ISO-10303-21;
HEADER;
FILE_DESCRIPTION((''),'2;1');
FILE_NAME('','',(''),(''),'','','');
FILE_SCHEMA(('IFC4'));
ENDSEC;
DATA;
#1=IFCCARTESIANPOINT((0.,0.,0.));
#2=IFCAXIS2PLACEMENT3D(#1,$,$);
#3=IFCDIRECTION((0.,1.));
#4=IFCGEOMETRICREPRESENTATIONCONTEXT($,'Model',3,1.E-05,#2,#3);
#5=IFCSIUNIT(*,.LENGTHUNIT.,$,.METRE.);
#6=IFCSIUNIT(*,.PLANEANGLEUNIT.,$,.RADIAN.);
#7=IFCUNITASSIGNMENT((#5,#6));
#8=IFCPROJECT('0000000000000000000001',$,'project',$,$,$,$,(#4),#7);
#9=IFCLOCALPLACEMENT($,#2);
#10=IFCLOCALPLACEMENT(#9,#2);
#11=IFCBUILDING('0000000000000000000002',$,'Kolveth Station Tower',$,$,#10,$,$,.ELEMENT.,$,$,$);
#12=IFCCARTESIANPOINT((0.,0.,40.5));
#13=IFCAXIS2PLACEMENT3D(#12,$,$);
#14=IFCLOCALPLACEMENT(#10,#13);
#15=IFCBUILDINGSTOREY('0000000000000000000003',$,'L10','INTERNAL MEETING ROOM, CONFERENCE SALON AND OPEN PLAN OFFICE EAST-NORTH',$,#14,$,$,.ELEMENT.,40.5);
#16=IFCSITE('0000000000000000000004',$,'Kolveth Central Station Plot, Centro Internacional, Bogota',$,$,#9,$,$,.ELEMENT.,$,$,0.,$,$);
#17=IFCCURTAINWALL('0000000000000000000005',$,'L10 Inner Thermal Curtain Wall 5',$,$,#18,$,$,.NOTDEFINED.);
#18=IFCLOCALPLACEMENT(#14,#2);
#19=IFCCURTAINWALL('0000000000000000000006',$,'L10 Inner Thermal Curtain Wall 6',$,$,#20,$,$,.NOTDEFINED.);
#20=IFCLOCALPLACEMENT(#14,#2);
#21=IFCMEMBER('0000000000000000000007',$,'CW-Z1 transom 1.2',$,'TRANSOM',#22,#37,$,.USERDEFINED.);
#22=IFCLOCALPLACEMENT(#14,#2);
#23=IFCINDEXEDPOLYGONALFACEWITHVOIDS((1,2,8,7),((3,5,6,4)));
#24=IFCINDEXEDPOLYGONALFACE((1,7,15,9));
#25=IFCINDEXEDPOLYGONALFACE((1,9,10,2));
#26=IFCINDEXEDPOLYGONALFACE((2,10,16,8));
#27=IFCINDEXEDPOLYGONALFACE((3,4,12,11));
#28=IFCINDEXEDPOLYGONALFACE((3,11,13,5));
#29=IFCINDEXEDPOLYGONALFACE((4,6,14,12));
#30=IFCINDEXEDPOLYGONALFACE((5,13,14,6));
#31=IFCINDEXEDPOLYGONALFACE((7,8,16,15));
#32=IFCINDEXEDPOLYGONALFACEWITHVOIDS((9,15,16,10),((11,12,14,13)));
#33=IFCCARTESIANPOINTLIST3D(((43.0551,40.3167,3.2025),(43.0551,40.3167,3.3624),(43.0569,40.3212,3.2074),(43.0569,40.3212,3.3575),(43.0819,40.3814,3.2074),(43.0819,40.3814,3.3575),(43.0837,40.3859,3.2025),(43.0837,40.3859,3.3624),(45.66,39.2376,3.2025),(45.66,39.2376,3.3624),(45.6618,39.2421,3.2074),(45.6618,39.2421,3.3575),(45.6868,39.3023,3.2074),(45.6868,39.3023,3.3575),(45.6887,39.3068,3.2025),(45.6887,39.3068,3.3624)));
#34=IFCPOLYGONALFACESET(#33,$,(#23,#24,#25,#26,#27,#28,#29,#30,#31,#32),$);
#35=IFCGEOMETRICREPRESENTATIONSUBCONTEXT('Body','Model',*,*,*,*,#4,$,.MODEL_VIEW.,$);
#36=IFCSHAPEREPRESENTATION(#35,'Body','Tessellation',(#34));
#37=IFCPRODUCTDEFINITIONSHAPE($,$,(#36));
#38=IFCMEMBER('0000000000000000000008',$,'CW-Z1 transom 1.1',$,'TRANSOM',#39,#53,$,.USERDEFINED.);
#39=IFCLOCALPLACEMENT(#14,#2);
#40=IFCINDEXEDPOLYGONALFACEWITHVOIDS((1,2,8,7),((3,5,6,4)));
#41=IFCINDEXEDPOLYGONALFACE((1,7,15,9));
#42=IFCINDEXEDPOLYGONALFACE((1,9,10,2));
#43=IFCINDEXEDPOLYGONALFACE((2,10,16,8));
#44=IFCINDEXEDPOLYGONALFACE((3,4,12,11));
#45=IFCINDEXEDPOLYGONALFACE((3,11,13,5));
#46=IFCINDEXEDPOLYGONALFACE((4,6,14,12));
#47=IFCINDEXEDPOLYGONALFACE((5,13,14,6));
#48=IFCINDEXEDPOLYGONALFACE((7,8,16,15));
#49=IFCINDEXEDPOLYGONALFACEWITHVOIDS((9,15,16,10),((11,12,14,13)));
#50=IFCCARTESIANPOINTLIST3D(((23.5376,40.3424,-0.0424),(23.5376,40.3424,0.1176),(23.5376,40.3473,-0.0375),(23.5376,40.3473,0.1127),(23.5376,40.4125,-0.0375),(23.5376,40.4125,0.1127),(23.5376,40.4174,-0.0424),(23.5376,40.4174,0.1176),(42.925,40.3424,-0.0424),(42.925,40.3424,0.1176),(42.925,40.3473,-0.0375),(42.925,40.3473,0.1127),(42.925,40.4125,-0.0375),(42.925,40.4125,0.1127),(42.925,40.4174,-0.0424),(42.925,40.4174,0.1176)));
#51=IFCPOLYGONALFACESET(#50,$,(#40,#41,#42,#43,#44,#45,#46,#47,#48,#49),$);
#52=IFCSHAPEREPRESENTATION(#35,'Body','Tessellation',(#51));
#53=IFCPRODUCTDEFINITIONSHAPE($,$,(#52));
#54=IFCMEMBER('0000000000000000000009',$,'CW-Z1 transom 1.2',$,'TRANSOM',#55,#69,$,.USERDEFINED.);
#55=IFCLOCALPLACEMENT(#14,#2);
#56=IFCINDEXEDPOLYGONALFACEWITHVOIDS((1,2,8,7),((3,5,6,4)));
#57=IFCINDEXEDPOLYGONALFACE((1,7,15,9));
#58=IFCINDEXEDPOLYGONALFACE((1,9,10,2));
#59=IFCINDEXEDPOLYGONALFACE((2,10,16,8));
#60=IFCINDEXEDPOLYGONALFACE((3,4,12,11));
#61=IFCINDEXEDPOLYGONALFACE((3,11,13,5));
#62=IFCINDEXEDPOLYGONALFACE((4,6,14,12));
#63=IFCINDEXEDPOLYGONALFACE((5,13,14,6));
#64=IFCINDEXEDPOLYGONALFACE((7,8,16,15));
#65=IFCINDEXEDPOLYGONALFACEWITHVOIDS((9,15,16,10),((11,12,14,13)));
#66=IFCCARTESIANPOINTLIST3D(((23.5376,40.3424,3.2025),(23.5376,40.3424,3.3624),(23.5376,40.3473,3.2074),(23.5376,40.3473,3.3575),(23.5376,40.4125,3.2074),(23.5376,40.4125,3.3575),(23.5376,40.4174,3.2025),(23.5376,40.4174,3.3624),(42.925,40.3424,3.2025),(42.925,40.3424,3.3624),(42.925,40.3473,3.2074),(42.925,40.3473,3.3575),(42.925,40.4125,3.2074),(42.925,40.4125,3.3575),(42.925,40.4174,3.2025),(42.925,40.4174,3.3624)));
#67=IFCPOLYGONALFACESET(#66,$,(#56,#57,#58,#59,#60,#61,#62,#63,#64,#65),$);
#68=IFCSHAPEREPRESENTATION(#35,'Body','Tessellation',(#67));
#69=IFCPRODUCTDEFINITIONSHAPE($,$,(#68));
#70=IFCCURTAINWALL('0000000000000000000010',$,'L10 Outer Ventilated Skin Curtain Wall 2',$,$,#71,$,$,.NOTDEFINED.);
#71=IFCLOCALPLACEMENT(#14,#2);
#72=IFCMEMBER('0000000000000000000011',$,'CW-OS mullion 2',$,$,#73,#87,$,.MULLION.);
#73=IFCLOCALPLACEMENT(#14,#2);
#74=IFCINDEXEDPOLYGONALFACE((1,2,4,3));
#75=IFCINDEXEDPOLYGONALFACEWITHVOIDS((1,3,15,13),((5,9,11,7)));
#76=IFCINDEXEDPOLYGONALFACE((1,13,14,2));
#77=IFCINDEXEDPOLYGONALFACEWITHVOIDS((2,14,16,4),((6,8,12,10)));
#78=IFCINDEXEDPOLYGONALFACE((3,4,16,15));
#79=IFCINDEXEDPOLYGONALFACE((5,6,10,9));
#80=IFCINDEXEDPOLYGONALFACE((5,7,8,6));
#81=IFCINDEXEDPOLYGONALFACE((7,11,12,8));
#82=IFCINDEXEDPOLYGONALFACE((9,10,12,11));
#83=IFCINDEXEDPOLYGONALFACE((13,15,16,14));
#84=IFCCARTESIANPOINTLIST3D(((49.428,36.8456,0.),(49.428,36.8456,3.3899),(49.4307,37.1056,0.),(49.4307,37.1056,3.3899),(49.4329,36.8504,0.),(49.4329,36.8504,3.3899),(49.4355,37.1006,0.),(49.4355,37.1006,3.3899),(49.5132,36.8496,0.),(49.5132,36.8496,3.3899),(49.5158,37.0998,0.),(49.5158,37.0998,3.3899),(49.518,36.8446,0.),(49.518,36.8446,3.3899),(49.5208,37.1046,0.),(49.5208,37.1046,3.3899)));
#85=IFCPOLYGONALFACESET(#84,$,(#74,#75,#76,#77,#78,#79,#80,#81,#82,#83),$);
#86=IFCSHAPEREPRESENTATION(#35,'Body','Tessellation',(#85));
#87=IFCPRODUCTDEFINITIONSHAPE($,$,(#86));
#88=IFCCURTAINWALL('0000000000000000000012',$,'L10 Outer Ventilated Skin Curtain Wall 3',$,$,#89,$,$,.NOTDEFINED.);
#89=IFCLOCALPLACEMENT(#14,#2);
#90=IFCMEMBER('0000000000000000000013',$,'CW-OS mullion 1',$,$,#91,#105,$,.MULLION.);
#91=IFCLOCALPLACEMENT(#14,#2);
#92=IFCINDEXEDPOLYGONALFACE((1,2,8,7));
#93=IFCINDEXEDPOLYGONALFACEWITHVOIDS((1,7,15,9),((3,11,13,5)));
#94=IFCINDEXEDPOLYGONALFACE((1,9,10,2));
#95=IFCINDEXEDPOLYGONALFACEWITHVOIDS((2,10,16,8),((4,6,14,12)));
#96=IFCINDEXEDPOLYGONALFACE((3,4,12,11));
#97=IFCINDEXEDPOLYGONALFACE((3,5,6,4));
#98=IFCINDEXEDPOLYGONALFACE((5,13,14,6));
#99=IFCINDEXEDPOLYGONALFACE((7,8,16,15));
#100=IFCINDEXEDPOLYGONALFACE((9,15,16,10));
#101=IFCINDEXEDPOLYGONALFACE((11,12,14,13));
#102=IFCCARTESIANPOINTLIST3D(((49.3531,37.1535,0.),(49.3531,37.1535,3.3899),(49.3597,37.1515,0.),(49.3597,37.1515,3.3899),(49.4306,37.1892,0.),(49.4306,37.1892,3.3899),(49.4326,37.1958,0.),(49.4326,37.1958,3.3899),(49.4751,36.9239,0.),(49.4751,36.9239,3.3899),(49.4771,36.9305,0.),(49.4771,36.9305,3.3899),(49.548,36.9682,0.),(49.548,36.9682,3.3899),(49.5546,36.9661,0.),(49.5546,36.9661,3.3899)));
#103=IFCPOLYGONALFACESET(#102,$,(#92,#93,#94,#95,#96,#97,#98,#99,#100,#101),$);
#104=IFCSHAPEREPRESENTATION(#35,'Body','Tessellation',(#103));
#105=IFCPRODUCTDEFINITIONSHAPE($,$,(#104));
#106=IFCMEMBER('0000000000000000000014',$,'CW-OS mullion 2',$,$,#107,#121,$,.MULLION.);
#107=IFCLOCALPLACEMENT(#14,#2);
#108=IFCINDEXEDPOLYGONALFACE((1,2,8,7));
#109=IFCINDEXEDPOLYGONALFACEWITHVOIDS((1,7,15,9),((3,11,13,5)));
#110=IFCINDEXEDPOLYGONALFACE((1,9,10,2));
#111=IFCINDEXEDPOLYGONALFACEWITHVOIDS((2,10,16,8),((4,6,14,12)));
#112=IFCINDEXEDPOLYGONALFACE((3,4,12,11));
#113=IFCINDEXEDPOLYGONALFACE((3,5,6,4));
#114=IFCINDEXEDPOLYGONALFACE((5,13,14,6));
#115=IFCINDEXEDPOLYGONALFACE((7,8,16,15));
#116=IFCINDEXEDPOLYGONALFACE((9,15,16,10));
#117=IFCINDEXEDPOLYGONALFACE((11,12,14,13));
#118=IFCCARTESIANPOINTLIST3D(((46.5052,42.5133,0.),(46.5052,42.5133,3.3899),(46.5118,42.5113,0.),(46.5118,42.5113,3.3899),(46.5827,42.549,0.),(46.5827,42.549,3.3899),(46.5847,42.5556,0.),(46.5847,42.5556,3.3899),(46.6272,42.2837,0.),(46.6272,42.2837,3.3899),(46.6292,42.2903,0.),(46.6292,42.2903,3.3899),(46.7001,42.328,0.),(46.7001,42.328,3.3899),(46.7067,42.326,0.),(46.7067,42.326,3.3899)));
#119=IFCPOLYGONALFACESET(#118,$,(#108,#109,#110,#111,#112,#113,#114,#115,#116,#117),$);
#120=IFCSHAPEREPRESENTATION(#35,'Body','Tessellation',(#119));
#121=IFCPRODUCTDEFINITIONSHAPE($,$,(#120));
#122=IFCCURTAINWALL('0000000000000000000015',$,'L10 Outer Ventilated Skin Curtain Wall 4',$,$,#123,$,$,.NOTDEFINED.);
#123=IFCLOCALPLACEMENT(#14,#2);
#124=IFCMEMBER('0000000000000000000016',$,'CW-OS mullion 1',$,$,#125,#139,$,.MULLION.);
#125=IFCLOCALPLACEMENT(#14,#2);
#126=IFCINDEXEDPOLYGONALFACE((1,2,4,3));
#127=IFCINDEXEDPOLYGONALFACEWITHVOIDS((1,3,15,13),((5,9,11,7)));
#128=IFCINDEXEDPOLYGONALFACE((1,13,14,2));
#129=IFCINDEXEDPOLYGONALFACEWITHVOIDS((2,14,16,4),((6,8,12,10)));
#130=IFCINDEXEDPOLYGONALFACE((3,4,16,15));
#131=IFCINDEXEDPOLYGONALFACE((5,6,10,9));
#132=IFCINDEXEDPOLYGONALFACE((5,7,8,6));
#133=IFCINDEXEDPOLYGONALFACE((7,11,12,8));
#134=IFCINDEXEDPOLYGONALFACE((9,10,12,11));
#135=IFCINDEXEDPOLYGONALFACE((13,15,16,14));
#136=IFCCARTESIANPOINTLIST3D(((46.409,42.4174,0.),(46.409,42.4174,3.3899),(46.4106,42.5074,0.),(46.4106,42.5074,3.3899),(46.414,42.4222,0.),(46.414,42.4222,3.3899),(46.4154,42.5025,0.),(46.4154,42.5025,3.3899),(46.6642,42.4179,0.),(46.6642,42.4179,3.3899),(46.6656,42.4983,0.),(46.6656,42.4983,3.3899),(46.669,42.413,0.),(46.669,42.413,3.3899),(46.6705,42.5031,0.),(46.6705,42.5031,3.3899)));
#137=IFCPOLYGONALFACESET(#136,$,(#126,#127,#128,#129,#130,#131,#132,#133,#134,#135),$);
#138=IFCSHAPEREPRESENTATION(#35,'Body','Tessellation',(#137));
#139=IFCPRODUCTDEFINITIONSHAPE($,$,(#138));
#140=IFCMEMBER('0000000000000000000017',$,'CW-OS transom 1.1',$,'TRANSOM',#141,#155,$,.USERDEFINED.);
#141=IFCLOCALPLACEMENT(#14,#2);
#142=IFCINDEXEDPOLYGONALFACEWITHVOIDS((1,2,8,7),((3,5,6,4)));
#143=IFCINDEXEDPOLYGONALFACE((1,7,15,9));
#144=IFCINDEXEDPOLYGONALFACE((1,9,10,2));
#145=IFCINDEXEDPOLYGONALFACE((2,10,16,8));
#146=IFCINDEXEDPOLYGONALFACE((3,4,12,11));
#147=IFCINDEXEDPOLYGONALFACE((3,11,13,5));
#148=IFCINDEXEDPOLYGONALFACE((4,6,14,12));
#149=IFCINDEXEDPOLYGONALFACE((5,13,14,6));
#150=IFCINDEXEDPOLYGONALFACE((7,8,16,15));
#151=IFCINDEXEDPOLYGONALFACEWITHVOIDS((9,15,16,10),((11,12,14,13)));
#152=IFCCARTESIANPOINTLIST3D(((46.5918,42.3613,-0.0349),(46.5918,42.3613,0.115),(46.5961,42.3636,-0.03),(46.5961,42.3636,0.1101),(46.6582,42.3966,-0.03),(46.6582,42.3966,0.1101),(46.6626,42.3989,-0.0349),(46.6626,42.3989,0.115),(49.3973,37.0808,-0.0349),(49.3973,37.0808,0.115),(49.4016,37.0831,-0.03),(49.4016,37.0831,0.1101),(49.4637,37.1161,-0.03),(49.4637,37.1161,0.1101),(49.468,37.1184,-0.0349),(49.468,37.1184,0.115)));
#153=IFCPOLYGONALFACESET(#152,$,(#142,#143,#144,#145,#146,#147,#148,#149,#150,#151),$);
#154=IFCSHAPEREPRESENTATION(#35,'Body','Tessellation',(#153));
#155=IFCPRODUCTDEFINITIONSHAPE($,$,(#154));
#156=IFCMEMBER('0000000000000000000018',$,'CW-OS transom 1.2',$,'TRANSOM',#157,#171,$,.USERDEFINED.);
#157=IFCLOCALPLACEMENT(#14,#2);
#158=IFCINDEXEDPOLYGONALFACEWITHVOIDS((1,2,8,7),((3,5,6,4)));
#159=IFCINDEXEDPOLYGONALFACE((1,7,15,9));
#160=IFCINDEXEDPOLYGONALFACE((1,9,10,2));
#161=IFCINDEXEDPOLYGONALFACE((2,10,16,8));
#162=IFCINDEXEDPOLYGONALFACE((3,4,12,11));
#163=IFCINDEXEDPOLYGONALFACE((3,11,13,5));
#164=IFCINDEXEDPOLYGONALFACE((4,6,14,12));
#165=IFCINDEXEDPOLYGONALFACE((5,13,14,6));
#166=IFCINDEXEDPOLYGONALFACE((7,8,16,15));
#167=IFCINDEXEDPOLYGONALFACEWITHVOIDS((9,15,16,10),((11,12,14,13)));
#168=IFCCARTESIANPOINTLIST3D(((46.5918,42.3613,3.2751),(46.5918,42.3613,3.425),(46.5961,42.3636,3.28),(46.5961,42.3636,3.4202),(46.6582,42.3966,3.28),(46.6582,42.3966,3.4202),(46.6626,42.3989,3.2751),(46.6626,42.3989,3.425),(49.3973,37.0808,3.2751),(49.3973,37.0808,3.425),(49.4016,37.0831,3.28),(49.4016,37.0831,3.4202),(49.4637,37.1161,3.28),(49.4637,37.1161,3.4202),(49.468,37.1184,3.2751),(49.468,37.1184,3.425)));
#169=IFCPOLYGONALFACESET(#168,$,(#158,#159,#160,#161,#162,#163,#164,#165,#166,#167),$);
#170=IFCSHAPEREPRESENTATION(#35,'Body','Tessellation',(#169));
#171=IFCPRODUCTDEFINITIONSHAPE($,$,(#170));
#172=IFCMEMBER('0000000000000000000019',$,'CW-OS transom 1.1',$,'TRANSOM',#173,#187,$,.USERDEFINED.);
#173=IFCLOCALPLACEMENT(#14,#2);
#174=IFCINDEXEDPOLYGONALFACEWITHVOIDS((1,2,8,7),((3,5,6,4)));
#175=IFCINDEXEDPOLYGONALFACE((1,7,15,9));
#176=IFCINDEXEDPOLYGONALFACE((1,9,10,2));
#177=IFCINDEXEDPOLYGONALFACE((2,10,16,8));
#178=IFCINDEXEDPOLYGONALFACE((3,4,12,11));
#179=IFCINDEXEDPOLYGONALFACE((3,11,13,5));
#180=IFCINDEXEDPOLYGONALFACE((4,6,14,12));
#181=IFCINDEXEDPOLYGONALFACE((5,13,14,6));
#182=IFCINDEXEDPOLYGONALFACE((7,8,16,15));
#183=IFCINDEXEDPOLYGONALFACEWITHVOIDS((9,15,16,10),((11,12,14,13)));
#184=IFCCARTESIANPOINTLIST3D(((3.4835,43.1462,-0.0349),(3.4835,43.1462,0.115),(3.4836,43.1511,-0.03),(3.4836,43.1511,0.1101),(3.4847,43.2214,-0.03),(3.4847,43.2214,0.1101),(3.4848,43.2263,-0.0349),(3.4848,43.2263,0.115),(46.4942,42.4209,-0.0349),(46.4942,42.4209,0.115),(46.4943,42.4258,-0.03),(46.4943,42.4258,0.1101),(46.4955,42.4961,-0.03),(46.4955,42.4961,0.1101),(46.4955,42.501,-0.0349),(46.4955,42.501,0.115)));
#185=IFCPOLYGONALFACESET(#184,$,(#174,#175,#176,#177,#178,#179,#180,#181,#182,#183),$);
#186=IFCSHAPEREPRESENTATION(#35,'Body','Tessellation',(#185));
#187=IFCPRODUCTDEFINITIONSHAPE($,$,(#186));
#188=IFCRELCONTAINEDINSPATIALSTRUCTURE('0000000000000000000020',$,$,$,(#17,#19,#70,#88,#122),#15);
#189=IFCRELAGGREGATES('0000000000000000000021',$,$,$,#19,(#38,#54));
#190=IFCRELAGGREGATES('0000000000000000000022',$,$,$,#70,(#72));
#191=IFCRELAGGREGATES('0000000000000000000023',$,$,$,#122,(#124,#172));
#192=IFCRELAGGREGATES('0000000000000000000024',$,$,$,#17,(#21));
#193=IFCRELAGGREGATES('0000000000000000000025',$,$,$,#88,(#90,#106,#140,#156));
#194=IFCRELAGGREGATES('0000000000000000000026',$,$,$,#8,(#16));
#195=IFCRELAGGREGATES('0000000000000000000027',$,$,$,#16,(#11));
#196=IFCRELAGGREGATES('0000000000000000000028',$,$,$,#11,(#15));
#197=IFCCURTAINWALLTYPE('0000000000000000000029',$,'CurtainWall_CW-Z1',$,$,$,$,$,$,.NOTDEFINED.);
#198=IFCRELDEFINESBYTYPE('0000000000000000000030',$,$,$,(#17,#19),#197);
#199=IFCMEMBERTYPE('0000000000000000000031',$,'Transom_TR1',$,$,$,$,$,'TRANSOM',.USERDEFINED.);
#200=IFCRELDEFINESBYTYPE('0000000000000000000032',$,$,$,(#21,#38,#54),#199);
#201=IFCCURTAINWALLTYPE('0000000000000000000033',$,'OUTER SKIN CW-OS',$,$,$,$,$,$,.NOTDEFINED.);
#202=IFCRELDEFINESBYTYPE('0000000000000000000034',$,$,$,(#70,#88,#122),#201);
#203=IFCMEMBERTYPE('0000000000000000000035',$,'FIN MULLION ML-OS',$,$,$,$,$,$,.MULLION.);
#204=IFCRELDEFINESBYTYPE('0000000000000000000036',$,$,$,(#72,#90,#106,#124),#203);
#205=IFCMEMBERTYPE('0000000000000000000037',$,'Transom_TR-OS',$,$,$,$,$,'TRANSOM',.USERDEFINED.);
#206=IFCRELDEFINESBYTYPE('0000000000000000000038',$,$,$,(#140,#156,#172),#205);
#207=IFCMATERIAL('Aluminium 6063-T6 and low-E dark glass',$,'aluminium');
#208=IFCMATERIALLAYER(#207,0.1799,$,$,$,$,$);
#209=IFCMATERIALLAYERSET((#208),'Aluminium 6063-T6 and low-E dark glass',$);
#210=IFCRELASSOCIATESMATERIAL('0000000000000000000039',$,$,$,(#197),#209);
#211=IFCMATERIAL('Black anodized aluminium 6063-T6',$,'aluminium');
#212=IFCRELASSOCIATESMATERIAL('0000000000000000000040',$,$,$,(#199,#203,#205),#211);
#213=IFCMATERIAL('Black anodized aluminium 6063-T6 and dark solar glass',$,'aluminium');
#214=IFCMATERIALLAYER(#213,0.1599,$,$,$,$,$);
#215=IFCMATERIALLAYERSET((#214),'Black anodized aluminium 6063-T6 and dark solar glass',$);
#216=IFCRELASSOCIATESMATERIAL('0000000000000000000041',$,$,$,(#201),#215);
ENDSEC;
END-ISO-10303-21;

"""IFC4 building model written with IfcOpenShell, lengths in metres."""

from ifc_helpers import new_model, si_unit, direction, frame, origin, origin_2d, place, context, subcontext, project, spatial, hollow_rectangle, extrude, source, transform, mapped, material, layer, layer_set, material_profile, profile_set, type_object, element, aggregate, save


model = new_model("IFC4")

# Units and contexts
model_context = context("Model", 3, precision=1e-05, world=origin(), true_north=direction((0.0, 1.0)))
body_context = subcontext(model_context, "Body", "Model", "MODEL_VIEW")
ifc_project = project(units=[si_unit("LENGTHUNIT", "METRE"), si_unit("PLANEANGLEUNIT", "RADIAN")], contexts=[model_context])

# Site, building, storey
site_placement = place(None, origin())
site = spatial("IfcSite", under=ifc_project, at=site_placement, Name="Kolveth Central Station Plot, Centro Internacional, Bogota", CompositionType="ELEMENT", RefElevation=0.0)
building_placement = place(site_placement, origin())
building = spatial("IfcBuilding", under=site, at=building_placement, Name="Kolveth Station Tower", CompositionType="ELEMENT")
storey_placement = place(building_placement, frame((0.0, 0.0, 40.5)))
storey = spatial("IfcBuildingStorey", under=building, at=storey_placement, Name="L10", Description="INTERNAL MEETING ROOM, CONFERENCE SALON AND OPEN PLAN OFFICE EAST-NORTH", CompositionType="ELEMENT", Elevation=40.5)

# Shared definitions
ifc_material_1 = material(Name="Aluminium 6063-T6 and low-E dark glass", Category="aluminium")
ifc_layer_1 = layer(ifc_material_1, 0.1799)
ifc_layer_set_1 = layer_set([ifc_layer_1], Name="Aluminium 6063-T6 and low-E dark glass")
curtain_wall_type_1 = type_object("IfcCurtainWallType", Name="CurtainWall_CW-Z1", PredefinedType="NOTDEFINED", material=ifc_layer_set_1)
ifc_material_2 = material(Name="Black anodized aluminium 6063-T6", Category="aluminium")

# Curtain wall
curtain_wall_1_placement = place(storey_placement, origin())
curtain_wall_1 = element("IfcCurtainWall", 1, at=curtain_wall_1_placement, inside=storey, type_object=curtain_wall_type_1, Name="L10 Inner Thermal Curtain Wall 5", PredefinedType="NOTDEFINED")

# Curtain wall
curtain_wall_2_placement = place(storey_placement, origin())
curtain_wall_2 = element("IfcCurtainWall", 2, at=curtain_wall_2_placement, inside=storey, type_object=curtain_wall_type_1, Name="L10 Inner Thermal Curtain Wall 6", PredefinedType="NOTDEFINED")

# Members
ifc_material_profile_1 = material_profile(ifc_material_2, hollow_rectangle(XDim=0.075, YDim=0.1599, WallThickness=0.0049, at=origin_2d()), Name="ALU-75x160x5")
ifc_profile_set_1 = profile_set([ifc_material_profile_1], Name="Black anodized aluminium 6063-T6")
member_type_1 = type_object("IfcMemberType", Name="Transom_TR1", ElementType="TRANSOM", PredefinedType="USERDEFINED", material=ifc_profile_set_1)
shared_shape_1 = source(origin(), body_context, "Body", "SweptSolid", [
    extrude(hollow_rectangle(XDim=0.075, YDim=0.1599, WallThickness=0.0049, at=origin_2d()), origin(), (0.0, 0.0, 1.0), 2.8196),
])
member_1_placement = place(storey_placement, frame((45.6743, 39.2722, 3.2825), z_axis=(-0.923869, 0.382709, 0.0), x_axis=(-0.382709, -0.923869, 0.0)))
member_1 = element("IfcMember", 3, at=member_1_placement, type_object=member_type_1, Name="CW-Z1 transom 1.2", ObjectType="TRANSOM", PredefinedType="USERDEFINED", context=body_context, shape_type="MappedRepresentation", body=[
    mapped(shared_shape_1, transform((0.0, 0.0, 0.0), x_axis=(1.0, 0.0, 0.0), y_axis=(0.0, 1.0, 0.0), z_axis=(0.0, 0.0, 1.0), scale=1.0)),
])
shared_shape_2 = source(origin(), body_context, "Body", "SweptSolid", [
    extrude(hollow_rectangle(XDim=0.075, YDim=0.1599, WallThickness=0.0049, at=origin_2d()), origin(), (0.0, 0.0, 1.0), 19.3875),
])
member_2_placement = place(storey_placement, frame((42.925, 40.3799, 0.0376), z_axis=(-1.0, 0.0, 0.0), x_axis=(0.0, -1.0, 0.0)))
member_2 = element("IfcMember", 4, at=member_2_placement, type_object=member_type_1, Name="CW-Z1 transom 1.1", ObjectType="TRANSOM", PredefinedType="USERDEFINED", context=body_context, shape_type="MappedRepresentation", body=[
    mapped(shared_shape_2, transform((0.0, 0.0, 0.0), x_axis=(1.0, 0.0, 0.0), y_axis=(0.0, 1.0, 0.0), z_axis=(0.0, 0.0, 1.0), scale=1.0)),
])
member_3_placement = place(storey_placement, frame((42.925, 40.3799, 3.2825), z_axis=(-1.0, 0.0, 0.0), x_axis=(0.0, -1.0, 0.0)))
member_3 = element("IfcMember", 5, at=member_3_placement, type_object=member_type_1, Name="CW-Z1 transom 1.2", ObjectType="TRANSOM", PredefinedType="USERDEFINED", context=body_context, shape_type="MappedRepresentation", body=[
    mapped(shared_shape_2, transform((0.0, 0.0, 0.0), x_axis=(1.0, 0.0, 0.0), y_axis=(0.0, 1.0, 0.0), z_axis=(0.0, 0.0, 1.0), scale=1.0)),
])
aggregate(curtain_wall_2, [member_2, member_3])

# Curtain wall, member
ifc_material_3 = material(Name="Black anodized aluminium 6063-T6 and dark solar glass", Category="aluminium")
ifc_layer_2 = layer(ifc_material_3, 0.1599)
ifc_layer_set_2 = layer_set([ifc_layer_2], Name="Black anodized aluminium 6063-T6 and dark solar glass")
curtain_wall_type_2 = type_object("IfcCurtainWallType", Name="OUTER SKIN CW-OS", PredefinedType="NOTDEFINED", material=ifc_layer_set_2)
curtain_wall_3_placement = place(storey_placement, origin())
curtain_wall_3 = element("IfcCurtainWall", 6, at=curtain_wall_3_placement, inside=storey, type_object=curtain_wall_type_2, Name="L10 Outer Ventilated Skin Curtain Wall 2", PredefinedType="NOTDEFINED")
ifc_material_profile_2 = material_profile(ifc_material_2, hollow_rectangle(XDim=0.0901, YDim=0.26, WallThickness=0.0049, at=origin_2d()), Name="ALU-90x260x5")
ifc_profile_set_2 = profile_set([ifc_material_profile_2], Name="Black anodized aluminium 6063-T6")
member_type_2 = type_object("IfcMemberType", Name="FIN MULLION ML-OS", PredefinedType="MULLION", material=ifc_profile_set_2)
shared_shape_3 = source(origin(), body_context, "Body", "SweptSolid", [
    extrude(hollow_rectangle(XDim=0.0901, YDim=0.26, WallThickness=0.0049, at=origin_2d()), origin(), (0.0, 0.0, 1.0), 3.3899),
])
member_4_placement = place(storey_placement, frame((49.4744, 36.9751, 0.0), z_axis=(0.0, 0.0, 1.0), x_axis=(-0.999944, 0.010547, 0.0)))
member_4 = element("IfcMember", 7, at=member_4_placement, type_object=member_type_2, Name="CW-OS mullion 2", PredefinedType="MULLION", context=body_context, shape_type="MappedRepresentation", body=[
    mapped(shared_shape_3, transform((0.0, 0.0, 0.0), x_axis=(1.0, 0.0, 0.0), y_axis=(0.0, 1.0, 0.0), z_axis=(0.0, 0.0, 1.0), scale=1.0)),
])
aggregate(curtain_wall_3, [member_4])

# Curtain wall, members
curtain_wall_4_placement = place(storey_placement, origin())
curtain_wall_4 = element("IfcCurtainWall", 8, at=curtain_wall_4_placement, inside=storey, type_object=curtain_wall_type_2, Name="L10 Outer Ventilated Skin Curtain Wall 3", PredefinedType="NOTDEFINED")
member_5_placement = place(storey_placement, frame((49.4539, 37.0598, 0.0), z_axis=(0.0, 0.0, 1.0), x_axis=(-0.883094, -0.469196, 0.0)))
member_5 = element("IfcMember", 9, at=member_5_placement, type_object=member_type_2, Name="CW-OS mullion 1", PredefinedType="MULLION", context=body_context, shape_type="MappedRepresentation", body=[
    mapped(shared_shape_3, transform((0.0, 0.0, 0.0), x_axis=(1.0, 0.0, 0.0), y_axis=(0.0, 1.0, 0.0), z_axis=(0.0, 0.0, 1.0), scale=1.0)),
])
member_6_placement = place(storey_placement, frame((46.606, 42.4197, 0.0), z_axis=(0.0, 0.0, 1.0), x_axis=(-0.883094, -0.469196, 0.0)))
member_6 = element("IfcMember", 10, at=member_6_placement, type_object=member_type_2, Name="CW-OS mullion 2", PredefinedType="MULLION", context=body_context, shape_type="MappedRepresentation", body=[
    mapped(shared_shape_3, transform((0.0, 0.0, 0.0), x_axis=(1.0, 0.0, 0.0), y_axis=(0.0, 1.0, 0.0), z_axis=(0.0, 0.0, 1.0), scale=1.0)),
])

# Curtain wall, member
curtain_wall_5_placement = place(storey_placement, origin())
curtain_wall_5 = element("IfcCurtainWall", 11, at=curtain_wall_5_placement, inside=storey, type_object=curtain_wall_type_2, Name="L10 Outer Ventilated Skin Curtain Wall 4", PredefinedType="NOTDEFINED")
member_7_placement = place(storey_placement, frame((46.5398, 42.4602, 0.0), z_axis=(0.0, 0.0, 1.0), x_axis=(-0.01686, -0.999858, 0.0)))
member_7 = element("IfcMember", 12, at=member_7_placement, type_object=member_type_2, Name="CW-OS mullion 1", PredefinedType="MULLION", context=body_context, shape_type="MappedRepresentation", body=[
    mapped(shared_shape_3, transform((0.0, 0.0, 0.0), x_axis=(1.0, 0.0, 0.0), y_axis=(0.0, 1.0, 0.0), z_axis=(0.0, 0.0, 1.0), scale=1.0)),
])

# Members
ifc_material_profile_3 = material_profile(ifc_material_2, hollow_rectangle(XDim=0.0801, YDim=0.1499, WallThickness=0.0049, at=origin_2d()), Name="ALU-80x150x5")
ifc_profile_set_3 = profile_set([ifc_material_profile_3], Name="Black anodized aluminium 6063-T6")
member_type_3 = type_object("IfcMemberType", Name="Transom_TR-OS", ElementType="TRANSOM", PredefinedType="USERDEFINED", material=ifc_profile_set_3)
shared_shape_4 = source(origin(), body_context, "Body", "SweptSolid", [
    extrude(hollow_rectangle(XDim=0.0801, YDim=0.1499, WallThickness=0.0049, at=origin_2d()), origin(), (0.0, 0.0, 1.0), 5.9795),
])
member_8_placement = place(storey_placement, frame((49.4326, 37.0996, 0.04), z_axis=(-0.469174, 0.883106, 0.0), x_axis=(-0.883106, -0.469174, 0.0)))
member_8 = element("IfcMember", 13, at=member_8_placement, type_object=member_type_3, Name="CW-OS transom 1.1", ObjectType="TRANSOM", PredefinedType="USERDEFINED", context=body_context, shape_type="MappedRepresentation", body=[
    mapped(shared_shape_4, transform((0.0, 0.0, 0.0), x_axis=(1.0, 0.0, 0.0), y_axis=(0.0, 1.0, 0.0), z_axis=(0.0, 0.0, 1.0), scale=1.0)),
])
member_9_placement = place(storey_placement, frame((49.4326, 37.0996, 3.3501), z_axis=(-0.469174, 0.883106, 0.0), x_axis=(-0.883106, -0.469174, 0.0)))
member_9 = element("IfcMember", 14, at=member_9_placement, type_object=member_type_3, Name="CW-OS transom 1.2", ObjectType="TRANSOM", PredefinedType="USERDEFINED", context=body_context, shape_type="MappedRepresentation", body=[
    mapped(shared_shape_4, transform((0.0, 0.0, 0.0), x_axis=(1.0, 0.0, 0.0), y_axis=(0.0, 1.0, 0.0), z_axis=(0.0, 0.0, 1.0), scale=1.0)),
])
shared_shape_5 = source(origin(), body_context, "Body", "SweptSolid", [
    extrude(hollow_rectangle(XDim=0.0801, YDim=0.1499, WallThickness=0.0049, at=origin_2d()), origin(), (0.0, 0.0, 1.0), 43.0168),
])
member_10_placement = place(storey_placement, frame((46.4949, 42.4609, 0.04), z_axis=(-0.999858, 0.016862, 0.0), x_axis=(-0.016862, -0.999858, 0.0)))
member_10 = element("IfcMember", 15, at=member_10_placement, type_object=member_type_3, Name="CW-OS transom 1.1", ObjectType="TRANSOM", PredefinedType="USERDEFINED", context=body_context, shape_type="MappedRepresentation", body=[
    mapped(shared_shape_5, transform((0.0, 0.0, 0.0), x_axis=(1.0, 0.0, 0.0), y_axis=(0.0, 1.0, 0.0), z_axis=(0.0, 0.0, 1.0), scale=1.0)),
])
aggregate(curtain_wall_5, [member_7, member_10])

aggregate(curtain_wall_1, [member_1])
aggregate(curtain_wall_4, [member_5, member_6, member_8, member_9])

save(model, "model.ifc")
